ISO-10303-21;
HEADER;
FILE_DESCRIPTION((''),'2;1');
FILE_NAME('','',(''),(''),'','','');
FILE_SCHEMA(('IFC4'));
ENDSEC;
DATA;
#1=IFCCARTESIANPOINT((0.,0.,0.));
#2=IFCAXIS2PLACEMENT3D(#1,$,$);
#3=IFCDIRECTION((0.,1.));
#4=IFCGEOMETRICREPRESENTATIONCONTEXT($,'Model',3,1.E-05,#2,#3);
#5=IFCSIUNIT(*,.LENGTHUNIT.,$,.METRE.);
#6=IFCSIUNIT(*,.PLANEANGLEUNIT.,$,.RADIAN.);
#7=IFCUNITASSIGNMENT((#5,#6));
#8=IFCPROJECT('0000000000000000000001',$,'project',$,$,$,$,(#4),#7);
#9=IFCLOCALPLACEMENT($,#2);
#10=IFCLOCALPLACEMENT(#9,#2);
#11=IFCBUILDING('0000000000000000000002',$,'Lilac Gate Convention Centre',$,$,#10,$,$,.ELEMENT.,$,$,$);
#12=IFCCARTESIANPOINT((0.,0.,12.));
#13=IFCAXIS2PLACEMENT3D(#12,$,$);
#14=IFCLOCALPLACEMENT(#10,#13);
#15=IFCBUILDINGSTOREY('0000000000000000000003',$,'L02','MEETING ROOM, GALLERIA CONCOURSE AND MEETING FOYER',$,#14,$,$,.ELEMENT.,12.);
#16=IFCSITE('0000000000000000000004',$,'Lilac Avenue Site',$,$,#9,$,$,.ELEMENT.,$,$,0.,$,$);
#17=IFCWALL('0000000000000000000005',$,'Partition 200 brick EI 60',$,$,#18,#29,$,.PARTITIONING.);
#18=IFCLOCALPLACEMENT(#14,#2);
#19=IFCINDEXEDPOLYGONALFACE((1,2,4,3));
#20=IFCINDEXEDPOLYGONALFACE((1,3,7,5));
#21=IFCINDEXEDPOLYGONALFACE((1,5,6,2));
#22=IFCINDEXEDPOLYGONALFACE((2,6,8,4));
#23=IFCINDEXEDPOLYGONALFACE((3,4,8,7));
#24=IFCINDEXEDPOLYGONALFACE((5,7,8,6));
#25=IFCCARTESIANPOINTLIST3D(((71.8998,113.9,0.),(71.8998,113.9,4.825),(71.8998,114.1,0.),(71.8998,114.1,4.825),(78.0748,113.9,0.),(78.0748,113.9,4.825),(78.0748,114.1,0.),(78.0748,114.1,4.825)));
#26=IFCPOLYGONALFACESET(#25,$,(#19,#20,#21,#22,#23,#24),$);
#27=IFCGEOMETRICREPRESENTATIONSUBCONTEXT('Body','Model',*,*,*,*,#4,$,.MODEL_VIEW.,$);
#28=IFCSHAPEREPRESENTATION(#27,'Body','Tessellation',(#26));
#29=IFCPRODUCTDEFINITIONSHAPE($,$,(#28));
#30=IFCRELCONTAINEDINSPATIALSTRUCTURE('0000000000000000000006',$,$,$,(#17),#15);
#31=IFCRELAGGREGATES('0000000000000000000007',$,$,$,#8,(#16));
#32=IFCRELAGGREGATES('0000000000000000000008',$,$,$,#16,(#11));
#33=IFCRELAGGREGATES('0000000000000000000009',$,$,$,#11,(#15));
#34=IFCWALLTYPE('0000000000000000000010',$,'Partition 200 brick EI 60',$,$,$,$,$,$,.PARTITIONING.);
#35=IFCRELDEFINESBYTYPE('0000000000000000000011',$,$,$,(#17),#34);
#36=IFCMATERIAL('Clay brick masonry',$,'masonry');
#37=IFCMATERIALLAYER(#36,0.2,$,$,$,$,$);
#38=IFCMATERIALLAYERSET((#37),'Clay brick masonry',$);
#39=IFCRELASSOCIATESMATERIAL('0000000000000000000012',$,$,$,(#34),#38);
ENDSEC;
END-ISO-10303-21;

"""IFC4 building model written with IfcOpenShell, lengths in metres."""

from ifc_helpers import new_model, si_unit, direction, frame, frame_2d, origin, place, context, subcontext, project, spatial, rectangle, extrude, material, layer, layer_set, type_object, element, save


model = new_model("IFC4")

# Units and contexts
model_context = context("Model", 3, precision=1e-05, world=origin(), true_north=direction((0.0, 1.0)))
body_context = subcontext(model_context, "Body", "Model", "MODEL_VIEW")
ifc_project = project(units=[si_unit("LENGTHUNIT", "METRE"), si_unit("PLANEANGLEUNIT", "RADIAN")], contexts=[model_context])

# Site, building, storey
site_placement = place(None, origin())
site = spatial("IfcSite", under=ifc_project, at=site_placement, Name="Lilac Avenue Site", CompositionType="ELEMENT", RefElevation=0.0)
building_placement = place(site_placement, origin())
building = spatial("IfcBuilding", under=site, at=building_placement, Name="Lilac Gate Convention Centre", CompositionType="ELEMENT")
storey_placement = place(building_placement, frame((0.0, 0.0, 12.0)))
storey = spatial("IfcBuildingStorey", under=building, at=storey_placement, Name="L02", Description="MEETING ROOM, GALLERIA CONCOURSE AND MEETING FOYER", CompositionType="ELEMENT", Elevation=12.0)

# Wall
ifc_material_1 = material(Name="Clay brick masonry", Category="masonry")
ifc_layer_1 = layer(ifc_material_1, 0.2)
ifc_layer_set_1 = layer_set([ifc_layer_1], Name="Clay brick masonry")
wall_type_1 = type_object("IfcWallType", Name="Partition 200 brick EI 60", PredefinedType="PARTITIONING", material=ifc_layer_set_1)
wall_1_placement = place(storey_placement, frame((71.8999, 114.0, 0.0), z_axis=(0.0, 0.0, 1.0), x_axis=(1.0, 0.0, 0.0)))
element("IfcWall", 1, at=wall_1_placement, inside=storey, type_object=wall_type_1, Name="Partition 200 brick EI 60", PredefinedType="PARTITIONING", context=body_context, shape_type="SweptSolid", body=[
    extrude(rectangle(XDim=6.175, YDim=0.2, at=frame_2d((3.0874, 0.0))), origin(), (0.0, 0.0, 1.0), 4.825),
])

save(model, "model.ifc")
